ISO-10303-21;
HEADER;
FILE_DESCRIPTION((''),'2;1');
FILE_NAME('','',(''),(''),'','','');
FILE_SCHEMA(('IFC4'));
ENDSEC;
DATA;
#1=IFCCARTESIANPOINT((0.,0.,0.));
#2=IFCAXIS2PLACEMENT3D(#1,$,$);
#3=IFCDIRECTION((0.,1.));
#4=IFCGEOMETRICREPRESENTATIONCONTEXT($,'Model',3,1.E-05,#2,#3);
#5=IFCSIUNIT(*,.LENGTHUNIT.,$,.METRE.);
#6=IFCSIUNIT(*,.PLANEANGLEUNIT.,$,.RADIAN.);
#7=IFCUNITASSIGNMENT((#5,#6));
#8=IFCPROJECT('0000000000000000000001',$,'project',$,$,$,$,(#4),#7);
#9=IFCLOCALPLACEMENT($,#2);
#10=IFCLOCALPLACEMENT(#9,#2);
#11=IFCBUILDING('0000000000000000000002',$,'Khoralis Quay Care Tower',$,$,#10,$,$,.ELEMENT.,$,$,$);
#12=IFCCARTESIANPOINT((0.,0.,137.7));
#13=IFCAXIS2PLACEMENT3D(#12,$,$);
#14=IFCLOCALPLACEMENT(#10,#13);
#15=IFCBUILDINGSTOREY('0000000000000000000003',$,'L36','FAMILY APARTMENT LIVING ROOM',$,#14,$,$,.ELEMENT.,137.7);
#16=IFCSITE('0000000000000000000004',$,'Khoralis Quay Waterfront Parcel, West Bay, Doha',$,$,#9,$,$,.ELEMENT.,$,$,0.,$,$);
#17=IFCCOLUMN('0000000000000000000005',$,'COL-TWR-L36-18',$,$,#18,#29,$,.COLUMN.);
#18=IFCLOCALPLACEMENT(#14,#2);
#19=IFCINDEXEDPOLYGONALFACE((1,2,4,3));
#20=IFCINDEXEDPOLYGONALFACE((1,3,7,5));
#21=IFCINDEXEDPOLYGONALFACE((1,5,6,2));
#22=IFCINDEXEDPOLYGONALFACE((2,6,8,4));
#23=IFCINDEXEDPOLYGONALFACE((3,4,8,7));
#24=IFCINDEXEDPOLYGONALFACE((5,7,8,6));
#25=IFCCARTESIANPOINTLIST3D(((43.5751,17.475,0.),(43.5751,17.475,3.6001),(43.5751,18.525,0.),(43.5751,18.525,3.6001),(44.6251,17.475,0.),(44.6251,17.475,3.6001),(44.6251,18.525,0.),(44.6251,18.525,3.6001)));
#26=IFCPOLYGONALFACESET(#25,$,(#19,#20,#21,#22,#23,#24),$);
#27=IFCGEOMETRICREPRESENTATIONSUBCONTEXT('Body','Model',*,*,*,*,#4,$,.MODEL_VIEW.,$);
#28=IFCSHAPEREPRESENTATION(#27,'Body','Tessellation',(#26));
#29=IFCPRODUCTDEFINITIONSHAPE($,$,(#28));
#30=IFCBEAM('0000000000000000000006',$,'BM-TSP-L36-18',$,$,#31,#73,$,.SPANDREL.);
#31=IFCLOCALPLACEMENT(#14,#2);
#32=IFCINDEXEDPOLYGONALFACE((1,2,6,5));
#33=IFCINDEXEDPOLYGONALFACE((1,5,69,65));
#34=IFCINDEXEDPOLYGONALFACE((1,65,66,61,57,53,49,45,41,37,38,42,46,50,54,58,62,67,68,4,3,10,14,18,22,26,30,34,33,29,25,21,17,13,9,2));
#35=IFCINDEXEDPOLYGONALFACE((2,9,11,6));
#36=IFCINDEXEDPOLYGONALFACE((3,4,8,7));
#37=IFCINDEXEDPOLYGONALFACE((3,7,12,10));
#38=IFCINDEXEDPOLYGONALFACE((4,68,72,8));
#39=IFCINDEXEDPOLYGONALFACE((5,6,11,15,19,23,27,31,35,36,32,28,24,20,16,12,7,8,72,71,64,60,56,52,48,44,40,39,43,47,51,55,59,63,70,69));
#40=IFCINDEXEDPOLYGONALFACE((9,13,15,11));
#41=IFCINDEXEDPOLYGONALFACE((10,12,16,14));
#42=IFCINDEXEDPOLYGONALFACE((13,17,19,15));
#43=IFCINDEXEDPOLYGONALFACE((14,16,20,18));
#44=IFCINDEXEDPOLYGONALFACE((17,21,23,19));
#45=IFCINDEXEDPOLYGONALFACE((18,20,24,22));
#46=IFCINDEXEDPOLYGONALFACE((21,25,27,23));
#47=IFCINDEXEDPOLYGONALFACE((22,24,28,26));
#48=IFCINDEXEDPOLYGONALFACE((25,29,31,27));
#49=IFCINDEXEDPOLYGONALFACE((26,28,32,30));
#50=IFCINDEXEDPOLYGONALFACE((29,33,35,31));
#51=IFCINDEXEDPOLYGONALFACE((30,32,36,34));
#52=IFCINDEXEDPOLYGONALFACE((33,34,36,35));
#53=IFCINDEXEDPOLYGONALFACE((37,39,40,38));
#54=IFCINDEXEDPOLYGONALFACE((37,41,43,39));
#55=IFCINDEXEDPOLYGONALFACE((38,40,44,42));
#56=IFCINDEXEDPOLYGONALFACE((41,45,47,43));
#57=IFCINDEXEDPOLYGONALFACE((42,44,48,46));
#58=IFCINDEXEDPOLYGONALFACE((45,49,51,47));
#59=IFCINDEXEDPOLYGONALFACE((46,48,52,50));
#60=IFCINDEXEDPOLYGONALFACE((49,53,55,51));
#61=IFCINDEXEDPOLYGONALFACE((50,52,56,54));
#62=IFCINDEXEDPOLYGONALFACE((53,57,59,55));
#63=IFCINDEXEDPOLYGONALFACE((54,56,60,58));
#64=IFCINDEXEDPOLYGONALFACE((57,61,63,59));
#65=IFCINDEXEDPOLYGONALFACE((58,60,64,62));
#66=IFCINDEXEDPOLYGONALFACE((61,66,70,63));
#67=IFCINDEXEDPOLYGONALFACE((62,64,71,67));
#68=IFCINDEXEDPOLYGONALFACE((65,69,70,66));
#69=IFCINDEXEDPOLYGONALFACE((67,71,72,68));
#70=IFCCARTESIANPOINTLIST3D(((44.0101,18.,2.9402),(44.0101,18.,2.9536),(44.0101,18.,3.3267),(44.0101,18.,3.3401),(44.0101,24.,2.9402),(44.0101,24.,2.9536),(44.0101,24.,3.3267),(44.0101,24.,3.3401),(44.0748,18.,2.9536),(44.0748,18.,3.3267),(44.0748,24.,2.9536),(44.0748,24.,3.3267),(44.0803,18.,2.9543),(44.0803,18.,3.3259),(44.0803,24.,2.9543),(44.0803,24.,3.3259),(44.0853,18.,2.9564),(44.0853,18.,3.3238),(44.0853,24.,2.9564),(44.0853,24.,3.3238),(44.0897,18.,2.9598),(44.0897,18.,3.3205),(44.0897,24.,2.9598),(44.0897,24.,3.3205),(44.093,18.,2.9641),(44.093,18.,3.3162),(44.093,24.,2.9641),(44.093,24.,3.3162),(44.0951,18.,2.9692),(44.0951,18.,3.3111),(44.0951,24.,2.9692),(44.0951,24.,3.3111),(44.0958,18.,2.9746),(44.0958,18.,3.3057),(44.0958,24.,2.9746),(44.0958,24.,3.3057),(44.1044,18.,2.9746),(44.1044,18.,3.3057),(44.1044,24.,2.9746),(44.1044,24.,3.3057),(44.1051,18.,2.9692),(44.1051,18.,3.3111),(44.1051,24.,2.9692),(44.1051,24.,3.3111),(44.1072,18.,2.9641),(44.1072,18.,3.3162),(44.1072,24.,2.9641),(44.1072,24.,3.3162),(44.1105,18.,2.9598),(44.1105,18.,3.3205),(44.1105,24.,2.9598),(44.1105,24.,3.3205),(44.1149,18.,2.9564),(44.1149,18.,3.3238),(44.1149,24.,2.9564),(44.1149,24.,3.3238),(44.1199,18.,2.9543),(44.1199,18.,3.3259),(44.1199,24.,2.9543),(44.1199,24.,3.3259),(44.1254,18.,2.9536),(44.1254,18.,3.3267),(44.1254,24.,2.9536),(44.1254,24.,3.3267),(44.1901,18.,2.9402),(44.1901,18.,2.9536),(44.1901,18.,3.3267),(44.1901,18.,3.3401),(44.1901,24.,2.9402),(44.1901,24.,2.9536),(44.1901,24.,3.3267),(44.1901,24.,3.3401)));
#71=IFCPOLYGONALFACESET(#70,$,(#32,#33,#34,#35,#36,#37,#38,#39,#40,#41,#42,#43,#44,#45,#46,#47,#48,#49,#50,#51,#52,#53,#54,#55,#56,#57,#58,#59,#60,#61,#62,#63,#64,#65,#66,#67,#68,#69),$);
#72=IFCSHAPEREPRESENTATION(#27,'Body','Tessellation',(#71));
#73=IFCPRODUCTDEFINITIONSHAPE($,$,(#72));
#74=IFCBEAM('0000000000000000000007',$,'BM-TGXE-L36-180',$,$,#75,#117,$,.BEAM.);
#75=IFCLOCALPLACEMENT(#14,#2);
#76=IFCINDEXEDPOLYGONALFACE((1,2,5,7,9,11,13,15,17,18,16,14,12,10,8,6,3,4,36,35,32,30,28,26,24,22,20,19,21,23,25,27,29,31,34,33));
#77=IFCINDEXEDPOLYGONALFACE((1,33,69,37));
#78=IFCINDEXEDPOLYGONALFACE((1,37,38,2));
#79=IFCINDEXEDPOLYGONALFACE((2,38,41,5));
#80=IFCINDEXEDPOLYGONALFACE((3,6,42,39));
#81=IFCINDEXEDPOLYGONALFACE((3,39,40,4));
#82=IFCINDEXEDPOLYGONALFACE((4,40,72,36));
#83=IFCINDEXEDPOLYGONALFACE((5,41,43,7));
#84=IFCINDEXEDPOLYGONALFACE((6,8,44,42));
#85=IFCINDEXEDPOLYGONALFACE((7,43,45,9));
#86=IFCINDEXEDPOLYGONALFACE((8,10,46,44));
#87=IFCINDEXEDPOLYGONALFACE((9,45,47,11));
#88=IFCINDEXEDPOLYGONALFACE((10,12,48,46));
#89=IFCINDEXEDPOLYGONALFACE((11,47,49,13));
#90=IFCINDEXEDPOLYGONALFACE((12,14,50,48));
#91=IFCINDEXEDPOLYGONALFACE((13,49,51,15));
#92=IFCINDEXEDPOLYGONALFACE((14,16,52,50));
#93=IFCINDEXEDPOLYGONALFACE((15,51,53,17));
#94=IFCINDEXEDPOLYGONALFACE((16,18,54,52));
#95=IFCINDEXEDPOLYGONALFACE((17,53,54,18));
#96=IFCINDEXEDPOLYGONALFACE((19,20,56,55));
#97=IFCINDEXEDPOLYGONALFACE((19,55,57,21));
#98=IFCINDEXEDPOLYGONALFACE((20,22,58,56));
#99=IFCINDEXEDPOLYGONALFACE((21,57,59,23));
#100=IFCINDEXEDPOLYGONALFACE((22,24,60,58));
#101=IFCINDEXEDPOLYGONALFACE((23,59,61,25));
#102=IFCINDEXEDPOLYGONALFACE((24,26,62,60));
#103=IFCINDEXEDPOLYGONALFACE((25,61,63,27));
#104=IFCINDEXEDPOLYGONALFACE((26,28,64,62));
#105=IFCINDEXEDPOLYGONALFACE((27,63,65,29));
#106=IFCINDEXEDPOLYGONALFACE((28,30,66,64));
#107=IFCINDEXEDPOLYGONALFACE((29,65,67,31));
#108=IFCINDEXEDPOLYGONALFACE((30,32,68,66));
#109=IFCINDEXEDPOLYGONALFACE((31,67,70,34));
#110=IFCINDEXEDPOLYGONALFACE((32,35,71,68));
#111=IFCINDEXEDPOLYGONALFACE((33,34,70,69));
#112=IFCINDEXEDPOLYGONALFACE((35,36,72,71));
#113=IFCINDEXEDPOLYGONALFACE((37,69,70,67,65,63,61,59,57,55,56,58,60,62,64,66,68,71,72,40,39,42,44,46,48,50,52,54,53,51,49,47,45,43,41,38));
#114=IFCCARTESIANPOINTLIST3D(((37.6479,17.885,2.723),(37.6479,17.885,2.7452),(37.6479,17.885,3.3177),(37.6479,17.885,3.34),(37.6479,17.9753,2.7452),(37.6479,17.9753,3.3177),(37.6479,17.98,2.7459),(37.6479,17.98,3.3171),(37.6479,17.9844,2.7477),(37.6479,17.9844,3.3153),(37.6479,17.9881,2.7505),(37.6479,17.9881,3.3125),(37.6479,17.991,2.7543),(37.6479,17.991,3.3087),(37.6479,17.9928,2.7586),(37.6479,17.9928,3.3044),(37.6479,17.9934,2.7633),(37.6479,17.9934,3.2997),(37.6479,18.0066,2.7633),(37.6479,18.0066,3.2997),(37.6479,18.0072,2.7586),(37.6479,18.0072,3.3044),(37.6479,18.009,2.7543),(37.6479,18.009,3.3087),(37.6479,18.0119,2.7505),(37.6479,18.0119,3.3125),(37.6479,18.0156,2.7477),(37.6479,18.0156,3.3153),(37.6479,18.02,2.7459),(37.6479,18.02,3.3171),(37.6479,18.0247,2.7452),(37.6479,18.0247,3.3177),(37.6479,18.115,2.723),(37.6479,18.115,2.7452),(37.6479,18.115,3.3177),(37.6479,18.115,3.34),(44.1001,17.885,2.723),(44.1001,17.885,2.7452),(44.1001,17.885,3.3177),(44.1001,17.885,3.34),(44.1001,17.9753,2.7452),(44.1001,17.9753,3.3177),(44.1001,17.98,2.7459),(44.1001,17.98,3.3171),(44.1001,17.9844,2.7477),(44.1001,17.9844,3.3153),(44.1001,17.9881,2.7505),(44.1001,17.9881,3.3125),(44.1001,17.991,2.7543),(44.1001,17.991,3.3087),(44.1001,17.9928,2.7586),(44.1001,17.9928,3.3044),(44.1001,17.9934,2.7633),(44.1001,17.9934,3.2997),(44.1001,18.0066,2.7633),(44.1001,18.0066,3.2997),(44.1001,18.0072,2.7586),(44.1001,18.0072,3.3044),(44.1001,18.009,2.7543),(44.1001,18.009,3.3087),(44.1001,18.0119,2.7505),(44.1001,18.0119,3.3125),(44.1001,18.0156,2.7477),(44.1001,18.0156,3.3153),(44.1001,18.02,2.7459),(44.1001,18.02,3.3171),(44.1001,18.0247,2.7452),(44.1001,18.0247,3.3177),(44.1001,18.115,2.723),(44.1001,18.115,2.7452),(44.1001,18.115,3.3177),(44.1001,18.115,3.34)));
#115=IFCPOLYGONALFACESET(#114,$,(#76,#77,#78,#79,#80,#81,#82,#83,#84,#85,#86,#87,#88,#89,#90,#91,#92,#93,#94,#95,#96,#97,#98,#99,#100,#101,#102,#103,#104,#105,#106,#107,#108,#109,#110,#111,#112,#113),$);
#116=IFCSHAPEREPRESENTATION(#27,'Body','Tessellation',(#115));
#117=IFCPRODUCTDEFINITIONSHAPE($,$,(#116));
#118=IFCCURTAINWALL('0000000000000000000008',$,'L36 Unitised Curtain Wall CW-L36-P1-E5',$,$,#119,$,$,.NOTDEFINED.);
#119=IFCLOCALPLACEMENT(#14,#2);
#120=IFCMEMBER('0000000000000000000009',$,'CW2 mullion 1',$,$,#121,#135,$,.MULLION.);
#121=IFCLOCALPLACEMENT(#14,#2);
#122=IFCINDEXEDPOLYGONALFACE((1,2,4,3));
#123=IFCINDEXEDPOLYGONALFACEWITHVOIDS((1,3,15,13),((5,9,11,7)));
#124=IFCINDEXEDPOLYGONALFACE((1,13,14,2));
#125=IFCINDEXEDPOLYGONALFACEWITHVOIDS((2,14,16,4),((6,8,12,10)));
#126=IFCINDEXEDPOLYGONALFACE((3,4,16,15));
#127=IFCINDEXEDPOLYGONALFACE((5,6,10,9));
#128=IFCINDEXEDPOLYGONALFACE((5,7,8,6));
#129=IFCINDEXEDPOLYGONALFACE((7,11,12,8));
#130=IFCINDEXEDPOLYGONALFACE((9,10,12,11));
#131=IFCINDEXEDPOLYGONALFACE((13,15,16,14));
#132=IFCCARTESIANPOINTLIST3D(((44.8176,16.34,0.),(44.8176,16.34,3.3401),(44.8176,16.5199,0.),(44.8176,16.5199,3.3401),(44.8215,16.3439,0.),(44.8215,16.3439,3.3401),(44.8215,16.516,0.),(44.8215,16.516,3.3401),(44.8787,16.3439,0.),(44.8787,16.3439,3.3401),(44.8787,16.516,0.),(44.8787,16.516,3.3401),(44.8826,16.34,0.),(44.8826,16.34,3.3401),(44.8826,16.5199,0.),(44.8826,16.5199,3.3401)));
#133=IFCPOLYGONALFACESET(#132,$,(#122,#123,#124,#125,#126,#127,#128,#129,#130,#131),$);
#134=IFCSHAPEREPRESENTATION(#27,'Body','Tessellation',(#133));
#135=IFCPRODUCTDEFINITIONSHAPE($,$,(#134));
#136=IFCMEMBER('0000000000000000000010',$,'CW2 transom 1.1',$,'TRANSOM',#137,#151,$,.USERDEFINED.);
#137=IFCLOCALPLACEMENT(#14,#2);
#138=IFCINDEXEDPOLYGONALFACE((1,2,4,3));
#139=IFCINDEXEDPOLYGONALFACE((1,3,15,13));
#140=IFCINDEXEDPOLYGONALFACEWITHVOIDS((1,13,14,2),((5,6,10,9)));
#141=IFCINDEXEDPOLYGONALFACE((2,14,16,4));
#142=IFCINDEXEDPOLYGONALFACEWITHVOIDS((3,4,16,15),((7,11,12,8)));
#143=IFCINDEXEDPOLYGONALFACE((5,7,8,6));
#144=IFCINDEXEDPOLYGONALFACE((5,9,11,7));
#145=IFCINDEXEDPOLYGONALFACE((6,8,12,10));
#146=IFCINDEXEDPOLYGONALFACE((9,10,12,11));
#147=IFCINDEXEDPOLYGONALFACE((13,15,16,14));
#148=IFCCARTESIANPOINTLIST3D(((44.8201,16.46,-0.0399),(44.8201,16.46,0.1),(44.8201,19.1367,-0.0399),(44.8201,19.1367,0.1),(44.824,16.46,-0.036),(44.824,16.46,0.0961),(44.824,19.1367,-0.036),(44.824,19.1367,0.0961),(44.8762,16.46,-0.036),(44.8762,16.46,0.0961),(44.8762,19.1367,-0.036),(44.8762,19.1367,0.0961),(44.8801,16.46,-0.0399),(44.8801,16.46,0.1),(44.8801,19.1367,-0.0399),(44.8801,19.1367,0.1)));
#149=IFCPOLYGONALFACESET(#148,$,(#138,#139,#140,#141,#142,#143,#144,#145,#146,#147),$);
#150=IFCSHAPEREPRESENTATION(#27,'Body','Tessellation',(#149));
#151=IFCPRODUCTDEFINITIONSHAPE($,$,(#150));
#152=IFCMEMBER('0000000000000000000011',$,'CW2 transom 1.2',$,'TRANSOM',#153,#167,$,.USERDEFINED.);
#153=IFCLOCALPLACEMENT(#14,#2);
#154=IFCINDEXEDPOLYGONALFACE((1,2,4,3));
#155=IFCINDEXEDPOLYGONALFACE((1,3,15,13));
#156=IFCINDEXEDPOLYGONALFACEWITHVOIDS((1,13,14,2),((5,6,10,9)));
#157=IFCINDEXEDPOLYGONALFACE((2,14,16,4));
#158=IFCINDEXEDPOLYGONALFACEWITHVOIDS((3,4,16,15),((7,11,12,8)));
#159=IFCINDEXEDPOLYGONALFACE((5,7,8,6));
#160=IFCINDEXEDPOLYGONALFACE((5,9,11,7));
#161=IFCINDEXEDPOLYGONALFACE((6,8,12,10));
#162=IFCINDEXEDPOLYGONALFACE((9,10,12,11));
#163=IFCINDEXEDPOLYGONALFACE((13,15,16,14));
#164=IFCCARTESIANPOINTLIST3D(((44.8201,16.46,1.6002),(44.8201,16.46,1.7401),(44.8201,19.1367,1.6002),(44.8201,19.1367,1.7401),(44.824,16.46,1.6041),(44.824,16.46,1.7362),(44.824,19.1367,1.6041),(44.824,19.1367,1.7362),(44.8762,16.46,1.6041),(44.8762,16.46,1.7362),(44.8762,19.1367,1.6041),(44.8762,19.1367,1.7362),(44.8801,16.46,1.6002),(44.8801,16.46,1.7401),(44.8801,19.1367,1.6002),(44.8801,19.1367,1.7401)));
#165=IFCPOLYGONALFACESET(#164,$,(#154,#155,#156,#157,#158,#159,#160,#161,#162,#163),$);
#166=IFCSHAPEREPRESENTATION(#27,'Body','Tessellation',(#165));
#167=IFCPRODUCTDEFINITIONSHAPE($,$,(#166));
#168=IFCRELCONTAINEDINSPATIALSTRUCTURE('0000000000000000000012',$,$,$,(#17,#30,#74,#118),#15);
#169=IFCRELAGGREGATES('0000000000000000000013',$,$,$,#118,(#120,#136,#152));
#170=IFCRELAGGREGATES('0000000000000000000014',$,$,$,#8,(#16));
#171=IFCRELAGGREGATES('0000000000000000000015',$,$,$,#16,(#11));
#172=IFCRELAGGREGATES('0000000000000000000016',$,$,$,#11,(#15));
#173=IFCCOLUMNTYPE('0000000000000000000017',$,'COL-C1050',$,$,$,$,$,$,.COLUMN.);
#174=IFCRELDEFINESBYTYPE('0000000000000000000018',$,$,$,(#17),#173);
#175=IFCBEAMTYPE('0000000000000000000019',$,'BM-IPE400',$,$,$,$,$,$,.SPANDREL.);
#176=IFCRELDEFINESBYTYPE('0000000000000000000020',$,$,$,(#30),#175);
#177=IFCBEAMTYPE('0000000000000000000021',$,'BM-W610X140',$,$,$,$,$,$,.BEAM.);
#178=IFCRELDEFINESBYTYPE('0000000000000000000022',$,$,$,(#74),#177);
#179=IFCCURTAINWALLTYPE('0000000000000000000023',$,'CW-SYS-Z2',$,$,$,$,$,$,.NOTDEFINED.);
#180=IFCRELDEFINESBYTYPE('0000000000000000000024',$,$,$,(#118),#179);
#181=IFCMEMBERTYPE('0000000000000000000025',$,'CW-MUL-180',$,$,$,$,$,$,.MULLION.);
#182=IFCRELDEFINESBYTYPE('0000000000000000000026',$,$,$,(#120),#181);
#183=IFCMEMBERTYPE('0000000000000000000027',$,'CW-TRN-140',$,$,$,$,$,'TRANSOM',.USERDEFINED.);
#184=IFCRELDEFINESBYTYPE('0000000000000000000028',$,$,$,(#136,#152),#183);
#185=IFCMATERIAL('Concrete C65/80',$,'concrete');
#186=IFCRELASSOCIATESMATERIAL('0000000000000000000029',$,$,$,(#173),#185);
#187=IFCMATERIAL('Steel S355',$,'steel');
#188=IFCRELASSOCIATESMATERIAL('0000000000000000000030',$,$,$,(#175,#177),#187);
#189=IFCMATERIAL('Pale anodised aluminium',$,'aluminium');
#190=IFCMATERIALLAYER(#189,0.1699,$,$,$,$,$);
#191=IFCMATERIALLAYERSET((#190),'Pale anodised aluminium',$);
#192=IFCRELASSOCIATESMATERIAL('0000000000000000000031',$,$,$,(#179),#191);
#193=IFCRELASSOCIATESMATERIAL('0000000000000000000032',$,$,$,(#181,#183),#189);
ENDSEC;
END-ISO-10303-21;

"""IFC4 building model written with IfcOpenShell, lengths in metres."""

from ifc_helpers import new_model, si_unit, direction, frame, origin, origin_2d, place, context, subcontext, project, spatial, rectangle, hollow_rectangle, i_section, extrude, source, transform, mapped, material, layer, layer_set, material_profile, profile_set, type_object, element, aggregate, save


model = new_model("IFC4")

# Units and contexts
model_context = context("Model", 3, precision=1e-05, world=origin(), true_north=direction((0.0, 1.0)))
body_context = subcontext(model_context, "Body", "Model", "MODEL_VIEW")
ifc_project = project(units=[si_unit("LENGTHUNIT", "METRE"), si_unit("PLANEANGLEUNIT", "RADIAN")], contexts=[model_context])

# Site, building, storey
site_placement = place(None, origin())
site = spatial("IfcSite", under=ifc_project, at=site_placement, Name="Khoralis Quay Waterfront Parcel, West Bay, Doha", CompositionType="ELEMENT", RefElevation=0.0)
building_placement = place(site_placement, origin())
building = spatial("IfcBuilding", under=site, at=building_placement, Name="Khoralis Quay Care Tower", CompositionType="ELEMENT")
storey_placement = place(building_placement, frame((0.0, 0.0, 137.7)))
storey = spatial("IfcBuildingStorey", under=building, at=storey_placement, Name="L36", Description="FAMILY APARTMENT LIVING ROOM", CompositionType="ELEMENT", Elevation=137.7)

# Column
ifc_material_1 = material(Name="Concrete C65/80", Category="concrete")
ifc_material_profile_1 = material_profile(ifc_material_1, rectangle(XDim=1.05, YDim=1.05, at=origin_2d()), Name="Concrete C65/80")
ifc_profile_set_1 = profile_set([ifc_material_profile_1], Name="Concrete C65/80")
column_type = type_object("IfcColumnType", Name="COL-C1050", PredefinedType="COLUMN", material=ifc_profile_set_1)
shared_shape_1 = source(origin(), body_context, "Body", "SweptSolid", [
    extrude(rectangle(XDim=1.05, YDim=1.05, at=origin_2d()), origin(), (0.0, 0.0, 1.0), 3.6001),
])
column_placement = place(storey_placement, frame((44.1001, 18.0, 0.0), z_axis=(0.0, 0.0, 1.0), x_axis=(1.0, 0.0, 0.0)))
element("IfcColumn", 1, at=column_placement, inside=storey, type_object=column_type, Name="COL-TWR-L36-18", PredefinedType="COLUMN", context=body_context, shape_type="MappedRepresentation", body=[
    mapped(shared_shape_1, transform((0.0, 0.0, 0.0), scale=1.0)),
])

# Beams
ifc_material_2 = material(Name="Steel S355", Category="steel")
ifc_material_profile_2 = material_profile(ifc_material_2, i_section(OverallWidth=0.1799, OverallDepth=0.3999, WebThickness=0.0085, FlangeThickness=0.0134, FilletRadius=0.021, at=origin_2d()), Name="Steel S355")
ifc_profile_set_2 = profile_set([ifc_material_profile_2], Name="Steel S355")
beam_type_1 = type_object("IfcBeamType", Name="BM-IPE400", PredefinedType="SPANDREL", material=ifc_profile_set_2)
shared_shape_2 = source(origin(), body_context, "Body", "SweptSolid", [
    extrude(i_section(OverallWidth=0.1799, OverallDepth=0.3999, WebThickness=0.0085, FlangeThickness=0.0134, FilletRadius=0.021, at=origin_2d()), origin(), (0.0, 0.0, 1.0), 6.0),
])
beam_1_placement = place(storey_placement, frame((44.1001, 18.0, 3.1401), z_axis=(0.0, 1.0, 0.0), x_axis=(-1.0, 0.0, 0.0)))
element("IfcBeam", 2, at=beam_1_placement, inside=storey, type_object=beam_type_1, Name="BM-TSP-L36-18", PredefinedType="SPANDREL", context=body_context, shape_type="MappedRepresentation", body=[
    mapped(shared_shape_2, transform((0.0, 0.0, 0.0), scale=1.0)),
])
ifc_material_profile_3 = material_profile(ifc_material_2, i_section(OverallWidth=0.23, OverallDepth=0.6169, WebThickness=0.0132, FlangeThickness=0.0222, FilletRadius=0.0181, at=origin_2d()), Name="Steel S355")
ifc_profile_set_3 = profile_set([ifc_material_profile_3], Name="Steel S355")
beam_type_2 = type_object("IfcBeamType", Name="BM-W610X140", PredefinedType="BEAM", material=ifc_profile_set_3)
shared_shape_3 = source(origin(), body_context, "Body", "SweptSolid", [
    extrude(i_section(OverallWidth=0.23, OverallDepth=0.6169, WebThickness=0.0132, FlangeThickness=0.0222, FilletRadius=0.0181, at=origin_2d()), origin(), (0.0, 0.0, 1.0), 6.4521),
])
beam_2_placement = place(storey_placement, frame((37.6479, 18.0, 3.0315), z_axis=(1.0, 0.0, 0.0), x_axis=(0.0, 1.0, 0.0)))
element("IfcBeam", 3, at=beam_2_placement, inside=storey, type_object=beam_type_2, Name="BM-TGXE-L36-180", PredefinedType="BEAM", context=body_context, shape_type="MappedRepresentation", body=[
    mapped(shared_shape_3, transform((0.0, 0.0, 0.0), scale=1.0)),
])

# Curtain wall, members
ifc_material_3 = material(Name="Pale anodised aluminium", Category="aluminium")
ifc_layer_1 = layer(ifc_material_3, 0.1699)
ifc_layer_set_1 = layer_set([ifc_layer_1], Name="Pale anodised aluminium")
curtain_wall_type = type_object("IfcCurtainWallType", Name="CW-SYS-Z2", PredefinedType="NOTDEFINED", material=ifc_layer_set_1)
curtain_wall_placement = place(storey_placement, origin())
curtain_wall = element("IfcCurtainWall", 4, at=curtain_wall_placement, inside=storey, type_object=curtain_wall_type, Name="L36 Unitised Curtain Wall CW-L36-P1-E5", PredefinedType="NOTDEFINED")
ifc_material_profile_4 = material_profile(ifc_material_3, hollow_rectangle(XDim=0.0649, YDim=0.1799, WallThickness=0.0039, at=origin_2d()), Name="Pale anodised aluminium")
ifc_profile_set_4 = profile_set([ifc_material_profile_4], Name="Pale anodised aluminium")
member_type_1 = type_object("IfcMemberType", Name="CW-MUL-180", PredefinedType="MULLION", material=ifc_profile_set_4)
shared_shape_4 = source(origin(), body_context, "Body", "SweptSolid", [
    extrude(hollow_rectangle(XDim=0.0649, YDim=0.1799, WallThickness=0.0039, at=origin_2d()), origin(), (0.0, 0.0, 1.0), 3.3401),
])
member_1_placement = place(storey_placement, frame((44.8501, 16.4299, 0.0), z_axis=(0.0, 0.0, 1.0), x_axis=(-1.0, 0.0, 0.0)))
member_1 = element("IfcMember", 5, at=member_1_placement, type_object=member_type_1, Name="CW2 mullion 1", PredefinedType="MULLION", context=body_context, shape_type="MappedRepresentation", body=[
    mapped(shared_shape_4, transform((0.0, 0.0, 0.0), scale=1.0)),
])
ifc_material_profile_5 = material_profile(ifc_material_3, hollow_rectangle(XDim=0.0601, YDim=0.1399, WallThickness=0.0039, at=origin_2d()), Name="Pale anodised aluminium")
ifc_profile_set_5 = profile_set([ifc_material_profile_5], Name="Pale anodised aluminium")
member_type_2 = type_object("IfcMemberType", Name="CW-TRN-140", ElementType="TRANSOM", PredefinedType="USERDEFINED", material=ifc_profile_set_5)
shared_shape_5 = source(origin(), body_context, "Body", "SweptSolid", [
    extrude(hollow_rectangle(XDim=0.0601, YDim=0.1399, WallThickness=0.0039, at=origin_2d()), origin(), (0.0, 0.0, 1.0), 2.6768),
])
member_2_placement = place(storey_placement, frame((44.8501, 16.46, 0.03), z_axis=(0.0, 1.0, 0.0), x_axis=(-1.0, 0.0, 0.0)))
member_2 = element("IfcMember", 6, at=member_2_placement, type_object=member_type_2, Name="CW2 transom 1.1", ObjectType="TRANSOM", PredefinedType="USERDEFINED", context=body_context, shape_type="MappedRepresentation", body=[
    mapped(shared_shape_5, transform((0.0, 0.0, 0.0), scale=1.0)),
])
member_3_placement = place(storey_placement, frame((44.8501, 16.46, 1.6702), z_axis=(0.0, 1.0, 0.0), x_axis=(-1.0, 0.0, 0.0)))
member_3 = element("IfcMember", 7, at=member_3_placement, type_object=member_type_2, Name="CW2 transom 1.2", ObjectType="TRANSOM", PredefinedType="USERDEFINED", context=body_context, shape_type="MappedRepresentation", body=[
    mapped(shared_shape_5, transform((0.0, 0.0, 0.0), scale=1.0)),
])
aggregate(curtain_wall, [member_1, member_2, member_3])

save(model, "model.ifc")
